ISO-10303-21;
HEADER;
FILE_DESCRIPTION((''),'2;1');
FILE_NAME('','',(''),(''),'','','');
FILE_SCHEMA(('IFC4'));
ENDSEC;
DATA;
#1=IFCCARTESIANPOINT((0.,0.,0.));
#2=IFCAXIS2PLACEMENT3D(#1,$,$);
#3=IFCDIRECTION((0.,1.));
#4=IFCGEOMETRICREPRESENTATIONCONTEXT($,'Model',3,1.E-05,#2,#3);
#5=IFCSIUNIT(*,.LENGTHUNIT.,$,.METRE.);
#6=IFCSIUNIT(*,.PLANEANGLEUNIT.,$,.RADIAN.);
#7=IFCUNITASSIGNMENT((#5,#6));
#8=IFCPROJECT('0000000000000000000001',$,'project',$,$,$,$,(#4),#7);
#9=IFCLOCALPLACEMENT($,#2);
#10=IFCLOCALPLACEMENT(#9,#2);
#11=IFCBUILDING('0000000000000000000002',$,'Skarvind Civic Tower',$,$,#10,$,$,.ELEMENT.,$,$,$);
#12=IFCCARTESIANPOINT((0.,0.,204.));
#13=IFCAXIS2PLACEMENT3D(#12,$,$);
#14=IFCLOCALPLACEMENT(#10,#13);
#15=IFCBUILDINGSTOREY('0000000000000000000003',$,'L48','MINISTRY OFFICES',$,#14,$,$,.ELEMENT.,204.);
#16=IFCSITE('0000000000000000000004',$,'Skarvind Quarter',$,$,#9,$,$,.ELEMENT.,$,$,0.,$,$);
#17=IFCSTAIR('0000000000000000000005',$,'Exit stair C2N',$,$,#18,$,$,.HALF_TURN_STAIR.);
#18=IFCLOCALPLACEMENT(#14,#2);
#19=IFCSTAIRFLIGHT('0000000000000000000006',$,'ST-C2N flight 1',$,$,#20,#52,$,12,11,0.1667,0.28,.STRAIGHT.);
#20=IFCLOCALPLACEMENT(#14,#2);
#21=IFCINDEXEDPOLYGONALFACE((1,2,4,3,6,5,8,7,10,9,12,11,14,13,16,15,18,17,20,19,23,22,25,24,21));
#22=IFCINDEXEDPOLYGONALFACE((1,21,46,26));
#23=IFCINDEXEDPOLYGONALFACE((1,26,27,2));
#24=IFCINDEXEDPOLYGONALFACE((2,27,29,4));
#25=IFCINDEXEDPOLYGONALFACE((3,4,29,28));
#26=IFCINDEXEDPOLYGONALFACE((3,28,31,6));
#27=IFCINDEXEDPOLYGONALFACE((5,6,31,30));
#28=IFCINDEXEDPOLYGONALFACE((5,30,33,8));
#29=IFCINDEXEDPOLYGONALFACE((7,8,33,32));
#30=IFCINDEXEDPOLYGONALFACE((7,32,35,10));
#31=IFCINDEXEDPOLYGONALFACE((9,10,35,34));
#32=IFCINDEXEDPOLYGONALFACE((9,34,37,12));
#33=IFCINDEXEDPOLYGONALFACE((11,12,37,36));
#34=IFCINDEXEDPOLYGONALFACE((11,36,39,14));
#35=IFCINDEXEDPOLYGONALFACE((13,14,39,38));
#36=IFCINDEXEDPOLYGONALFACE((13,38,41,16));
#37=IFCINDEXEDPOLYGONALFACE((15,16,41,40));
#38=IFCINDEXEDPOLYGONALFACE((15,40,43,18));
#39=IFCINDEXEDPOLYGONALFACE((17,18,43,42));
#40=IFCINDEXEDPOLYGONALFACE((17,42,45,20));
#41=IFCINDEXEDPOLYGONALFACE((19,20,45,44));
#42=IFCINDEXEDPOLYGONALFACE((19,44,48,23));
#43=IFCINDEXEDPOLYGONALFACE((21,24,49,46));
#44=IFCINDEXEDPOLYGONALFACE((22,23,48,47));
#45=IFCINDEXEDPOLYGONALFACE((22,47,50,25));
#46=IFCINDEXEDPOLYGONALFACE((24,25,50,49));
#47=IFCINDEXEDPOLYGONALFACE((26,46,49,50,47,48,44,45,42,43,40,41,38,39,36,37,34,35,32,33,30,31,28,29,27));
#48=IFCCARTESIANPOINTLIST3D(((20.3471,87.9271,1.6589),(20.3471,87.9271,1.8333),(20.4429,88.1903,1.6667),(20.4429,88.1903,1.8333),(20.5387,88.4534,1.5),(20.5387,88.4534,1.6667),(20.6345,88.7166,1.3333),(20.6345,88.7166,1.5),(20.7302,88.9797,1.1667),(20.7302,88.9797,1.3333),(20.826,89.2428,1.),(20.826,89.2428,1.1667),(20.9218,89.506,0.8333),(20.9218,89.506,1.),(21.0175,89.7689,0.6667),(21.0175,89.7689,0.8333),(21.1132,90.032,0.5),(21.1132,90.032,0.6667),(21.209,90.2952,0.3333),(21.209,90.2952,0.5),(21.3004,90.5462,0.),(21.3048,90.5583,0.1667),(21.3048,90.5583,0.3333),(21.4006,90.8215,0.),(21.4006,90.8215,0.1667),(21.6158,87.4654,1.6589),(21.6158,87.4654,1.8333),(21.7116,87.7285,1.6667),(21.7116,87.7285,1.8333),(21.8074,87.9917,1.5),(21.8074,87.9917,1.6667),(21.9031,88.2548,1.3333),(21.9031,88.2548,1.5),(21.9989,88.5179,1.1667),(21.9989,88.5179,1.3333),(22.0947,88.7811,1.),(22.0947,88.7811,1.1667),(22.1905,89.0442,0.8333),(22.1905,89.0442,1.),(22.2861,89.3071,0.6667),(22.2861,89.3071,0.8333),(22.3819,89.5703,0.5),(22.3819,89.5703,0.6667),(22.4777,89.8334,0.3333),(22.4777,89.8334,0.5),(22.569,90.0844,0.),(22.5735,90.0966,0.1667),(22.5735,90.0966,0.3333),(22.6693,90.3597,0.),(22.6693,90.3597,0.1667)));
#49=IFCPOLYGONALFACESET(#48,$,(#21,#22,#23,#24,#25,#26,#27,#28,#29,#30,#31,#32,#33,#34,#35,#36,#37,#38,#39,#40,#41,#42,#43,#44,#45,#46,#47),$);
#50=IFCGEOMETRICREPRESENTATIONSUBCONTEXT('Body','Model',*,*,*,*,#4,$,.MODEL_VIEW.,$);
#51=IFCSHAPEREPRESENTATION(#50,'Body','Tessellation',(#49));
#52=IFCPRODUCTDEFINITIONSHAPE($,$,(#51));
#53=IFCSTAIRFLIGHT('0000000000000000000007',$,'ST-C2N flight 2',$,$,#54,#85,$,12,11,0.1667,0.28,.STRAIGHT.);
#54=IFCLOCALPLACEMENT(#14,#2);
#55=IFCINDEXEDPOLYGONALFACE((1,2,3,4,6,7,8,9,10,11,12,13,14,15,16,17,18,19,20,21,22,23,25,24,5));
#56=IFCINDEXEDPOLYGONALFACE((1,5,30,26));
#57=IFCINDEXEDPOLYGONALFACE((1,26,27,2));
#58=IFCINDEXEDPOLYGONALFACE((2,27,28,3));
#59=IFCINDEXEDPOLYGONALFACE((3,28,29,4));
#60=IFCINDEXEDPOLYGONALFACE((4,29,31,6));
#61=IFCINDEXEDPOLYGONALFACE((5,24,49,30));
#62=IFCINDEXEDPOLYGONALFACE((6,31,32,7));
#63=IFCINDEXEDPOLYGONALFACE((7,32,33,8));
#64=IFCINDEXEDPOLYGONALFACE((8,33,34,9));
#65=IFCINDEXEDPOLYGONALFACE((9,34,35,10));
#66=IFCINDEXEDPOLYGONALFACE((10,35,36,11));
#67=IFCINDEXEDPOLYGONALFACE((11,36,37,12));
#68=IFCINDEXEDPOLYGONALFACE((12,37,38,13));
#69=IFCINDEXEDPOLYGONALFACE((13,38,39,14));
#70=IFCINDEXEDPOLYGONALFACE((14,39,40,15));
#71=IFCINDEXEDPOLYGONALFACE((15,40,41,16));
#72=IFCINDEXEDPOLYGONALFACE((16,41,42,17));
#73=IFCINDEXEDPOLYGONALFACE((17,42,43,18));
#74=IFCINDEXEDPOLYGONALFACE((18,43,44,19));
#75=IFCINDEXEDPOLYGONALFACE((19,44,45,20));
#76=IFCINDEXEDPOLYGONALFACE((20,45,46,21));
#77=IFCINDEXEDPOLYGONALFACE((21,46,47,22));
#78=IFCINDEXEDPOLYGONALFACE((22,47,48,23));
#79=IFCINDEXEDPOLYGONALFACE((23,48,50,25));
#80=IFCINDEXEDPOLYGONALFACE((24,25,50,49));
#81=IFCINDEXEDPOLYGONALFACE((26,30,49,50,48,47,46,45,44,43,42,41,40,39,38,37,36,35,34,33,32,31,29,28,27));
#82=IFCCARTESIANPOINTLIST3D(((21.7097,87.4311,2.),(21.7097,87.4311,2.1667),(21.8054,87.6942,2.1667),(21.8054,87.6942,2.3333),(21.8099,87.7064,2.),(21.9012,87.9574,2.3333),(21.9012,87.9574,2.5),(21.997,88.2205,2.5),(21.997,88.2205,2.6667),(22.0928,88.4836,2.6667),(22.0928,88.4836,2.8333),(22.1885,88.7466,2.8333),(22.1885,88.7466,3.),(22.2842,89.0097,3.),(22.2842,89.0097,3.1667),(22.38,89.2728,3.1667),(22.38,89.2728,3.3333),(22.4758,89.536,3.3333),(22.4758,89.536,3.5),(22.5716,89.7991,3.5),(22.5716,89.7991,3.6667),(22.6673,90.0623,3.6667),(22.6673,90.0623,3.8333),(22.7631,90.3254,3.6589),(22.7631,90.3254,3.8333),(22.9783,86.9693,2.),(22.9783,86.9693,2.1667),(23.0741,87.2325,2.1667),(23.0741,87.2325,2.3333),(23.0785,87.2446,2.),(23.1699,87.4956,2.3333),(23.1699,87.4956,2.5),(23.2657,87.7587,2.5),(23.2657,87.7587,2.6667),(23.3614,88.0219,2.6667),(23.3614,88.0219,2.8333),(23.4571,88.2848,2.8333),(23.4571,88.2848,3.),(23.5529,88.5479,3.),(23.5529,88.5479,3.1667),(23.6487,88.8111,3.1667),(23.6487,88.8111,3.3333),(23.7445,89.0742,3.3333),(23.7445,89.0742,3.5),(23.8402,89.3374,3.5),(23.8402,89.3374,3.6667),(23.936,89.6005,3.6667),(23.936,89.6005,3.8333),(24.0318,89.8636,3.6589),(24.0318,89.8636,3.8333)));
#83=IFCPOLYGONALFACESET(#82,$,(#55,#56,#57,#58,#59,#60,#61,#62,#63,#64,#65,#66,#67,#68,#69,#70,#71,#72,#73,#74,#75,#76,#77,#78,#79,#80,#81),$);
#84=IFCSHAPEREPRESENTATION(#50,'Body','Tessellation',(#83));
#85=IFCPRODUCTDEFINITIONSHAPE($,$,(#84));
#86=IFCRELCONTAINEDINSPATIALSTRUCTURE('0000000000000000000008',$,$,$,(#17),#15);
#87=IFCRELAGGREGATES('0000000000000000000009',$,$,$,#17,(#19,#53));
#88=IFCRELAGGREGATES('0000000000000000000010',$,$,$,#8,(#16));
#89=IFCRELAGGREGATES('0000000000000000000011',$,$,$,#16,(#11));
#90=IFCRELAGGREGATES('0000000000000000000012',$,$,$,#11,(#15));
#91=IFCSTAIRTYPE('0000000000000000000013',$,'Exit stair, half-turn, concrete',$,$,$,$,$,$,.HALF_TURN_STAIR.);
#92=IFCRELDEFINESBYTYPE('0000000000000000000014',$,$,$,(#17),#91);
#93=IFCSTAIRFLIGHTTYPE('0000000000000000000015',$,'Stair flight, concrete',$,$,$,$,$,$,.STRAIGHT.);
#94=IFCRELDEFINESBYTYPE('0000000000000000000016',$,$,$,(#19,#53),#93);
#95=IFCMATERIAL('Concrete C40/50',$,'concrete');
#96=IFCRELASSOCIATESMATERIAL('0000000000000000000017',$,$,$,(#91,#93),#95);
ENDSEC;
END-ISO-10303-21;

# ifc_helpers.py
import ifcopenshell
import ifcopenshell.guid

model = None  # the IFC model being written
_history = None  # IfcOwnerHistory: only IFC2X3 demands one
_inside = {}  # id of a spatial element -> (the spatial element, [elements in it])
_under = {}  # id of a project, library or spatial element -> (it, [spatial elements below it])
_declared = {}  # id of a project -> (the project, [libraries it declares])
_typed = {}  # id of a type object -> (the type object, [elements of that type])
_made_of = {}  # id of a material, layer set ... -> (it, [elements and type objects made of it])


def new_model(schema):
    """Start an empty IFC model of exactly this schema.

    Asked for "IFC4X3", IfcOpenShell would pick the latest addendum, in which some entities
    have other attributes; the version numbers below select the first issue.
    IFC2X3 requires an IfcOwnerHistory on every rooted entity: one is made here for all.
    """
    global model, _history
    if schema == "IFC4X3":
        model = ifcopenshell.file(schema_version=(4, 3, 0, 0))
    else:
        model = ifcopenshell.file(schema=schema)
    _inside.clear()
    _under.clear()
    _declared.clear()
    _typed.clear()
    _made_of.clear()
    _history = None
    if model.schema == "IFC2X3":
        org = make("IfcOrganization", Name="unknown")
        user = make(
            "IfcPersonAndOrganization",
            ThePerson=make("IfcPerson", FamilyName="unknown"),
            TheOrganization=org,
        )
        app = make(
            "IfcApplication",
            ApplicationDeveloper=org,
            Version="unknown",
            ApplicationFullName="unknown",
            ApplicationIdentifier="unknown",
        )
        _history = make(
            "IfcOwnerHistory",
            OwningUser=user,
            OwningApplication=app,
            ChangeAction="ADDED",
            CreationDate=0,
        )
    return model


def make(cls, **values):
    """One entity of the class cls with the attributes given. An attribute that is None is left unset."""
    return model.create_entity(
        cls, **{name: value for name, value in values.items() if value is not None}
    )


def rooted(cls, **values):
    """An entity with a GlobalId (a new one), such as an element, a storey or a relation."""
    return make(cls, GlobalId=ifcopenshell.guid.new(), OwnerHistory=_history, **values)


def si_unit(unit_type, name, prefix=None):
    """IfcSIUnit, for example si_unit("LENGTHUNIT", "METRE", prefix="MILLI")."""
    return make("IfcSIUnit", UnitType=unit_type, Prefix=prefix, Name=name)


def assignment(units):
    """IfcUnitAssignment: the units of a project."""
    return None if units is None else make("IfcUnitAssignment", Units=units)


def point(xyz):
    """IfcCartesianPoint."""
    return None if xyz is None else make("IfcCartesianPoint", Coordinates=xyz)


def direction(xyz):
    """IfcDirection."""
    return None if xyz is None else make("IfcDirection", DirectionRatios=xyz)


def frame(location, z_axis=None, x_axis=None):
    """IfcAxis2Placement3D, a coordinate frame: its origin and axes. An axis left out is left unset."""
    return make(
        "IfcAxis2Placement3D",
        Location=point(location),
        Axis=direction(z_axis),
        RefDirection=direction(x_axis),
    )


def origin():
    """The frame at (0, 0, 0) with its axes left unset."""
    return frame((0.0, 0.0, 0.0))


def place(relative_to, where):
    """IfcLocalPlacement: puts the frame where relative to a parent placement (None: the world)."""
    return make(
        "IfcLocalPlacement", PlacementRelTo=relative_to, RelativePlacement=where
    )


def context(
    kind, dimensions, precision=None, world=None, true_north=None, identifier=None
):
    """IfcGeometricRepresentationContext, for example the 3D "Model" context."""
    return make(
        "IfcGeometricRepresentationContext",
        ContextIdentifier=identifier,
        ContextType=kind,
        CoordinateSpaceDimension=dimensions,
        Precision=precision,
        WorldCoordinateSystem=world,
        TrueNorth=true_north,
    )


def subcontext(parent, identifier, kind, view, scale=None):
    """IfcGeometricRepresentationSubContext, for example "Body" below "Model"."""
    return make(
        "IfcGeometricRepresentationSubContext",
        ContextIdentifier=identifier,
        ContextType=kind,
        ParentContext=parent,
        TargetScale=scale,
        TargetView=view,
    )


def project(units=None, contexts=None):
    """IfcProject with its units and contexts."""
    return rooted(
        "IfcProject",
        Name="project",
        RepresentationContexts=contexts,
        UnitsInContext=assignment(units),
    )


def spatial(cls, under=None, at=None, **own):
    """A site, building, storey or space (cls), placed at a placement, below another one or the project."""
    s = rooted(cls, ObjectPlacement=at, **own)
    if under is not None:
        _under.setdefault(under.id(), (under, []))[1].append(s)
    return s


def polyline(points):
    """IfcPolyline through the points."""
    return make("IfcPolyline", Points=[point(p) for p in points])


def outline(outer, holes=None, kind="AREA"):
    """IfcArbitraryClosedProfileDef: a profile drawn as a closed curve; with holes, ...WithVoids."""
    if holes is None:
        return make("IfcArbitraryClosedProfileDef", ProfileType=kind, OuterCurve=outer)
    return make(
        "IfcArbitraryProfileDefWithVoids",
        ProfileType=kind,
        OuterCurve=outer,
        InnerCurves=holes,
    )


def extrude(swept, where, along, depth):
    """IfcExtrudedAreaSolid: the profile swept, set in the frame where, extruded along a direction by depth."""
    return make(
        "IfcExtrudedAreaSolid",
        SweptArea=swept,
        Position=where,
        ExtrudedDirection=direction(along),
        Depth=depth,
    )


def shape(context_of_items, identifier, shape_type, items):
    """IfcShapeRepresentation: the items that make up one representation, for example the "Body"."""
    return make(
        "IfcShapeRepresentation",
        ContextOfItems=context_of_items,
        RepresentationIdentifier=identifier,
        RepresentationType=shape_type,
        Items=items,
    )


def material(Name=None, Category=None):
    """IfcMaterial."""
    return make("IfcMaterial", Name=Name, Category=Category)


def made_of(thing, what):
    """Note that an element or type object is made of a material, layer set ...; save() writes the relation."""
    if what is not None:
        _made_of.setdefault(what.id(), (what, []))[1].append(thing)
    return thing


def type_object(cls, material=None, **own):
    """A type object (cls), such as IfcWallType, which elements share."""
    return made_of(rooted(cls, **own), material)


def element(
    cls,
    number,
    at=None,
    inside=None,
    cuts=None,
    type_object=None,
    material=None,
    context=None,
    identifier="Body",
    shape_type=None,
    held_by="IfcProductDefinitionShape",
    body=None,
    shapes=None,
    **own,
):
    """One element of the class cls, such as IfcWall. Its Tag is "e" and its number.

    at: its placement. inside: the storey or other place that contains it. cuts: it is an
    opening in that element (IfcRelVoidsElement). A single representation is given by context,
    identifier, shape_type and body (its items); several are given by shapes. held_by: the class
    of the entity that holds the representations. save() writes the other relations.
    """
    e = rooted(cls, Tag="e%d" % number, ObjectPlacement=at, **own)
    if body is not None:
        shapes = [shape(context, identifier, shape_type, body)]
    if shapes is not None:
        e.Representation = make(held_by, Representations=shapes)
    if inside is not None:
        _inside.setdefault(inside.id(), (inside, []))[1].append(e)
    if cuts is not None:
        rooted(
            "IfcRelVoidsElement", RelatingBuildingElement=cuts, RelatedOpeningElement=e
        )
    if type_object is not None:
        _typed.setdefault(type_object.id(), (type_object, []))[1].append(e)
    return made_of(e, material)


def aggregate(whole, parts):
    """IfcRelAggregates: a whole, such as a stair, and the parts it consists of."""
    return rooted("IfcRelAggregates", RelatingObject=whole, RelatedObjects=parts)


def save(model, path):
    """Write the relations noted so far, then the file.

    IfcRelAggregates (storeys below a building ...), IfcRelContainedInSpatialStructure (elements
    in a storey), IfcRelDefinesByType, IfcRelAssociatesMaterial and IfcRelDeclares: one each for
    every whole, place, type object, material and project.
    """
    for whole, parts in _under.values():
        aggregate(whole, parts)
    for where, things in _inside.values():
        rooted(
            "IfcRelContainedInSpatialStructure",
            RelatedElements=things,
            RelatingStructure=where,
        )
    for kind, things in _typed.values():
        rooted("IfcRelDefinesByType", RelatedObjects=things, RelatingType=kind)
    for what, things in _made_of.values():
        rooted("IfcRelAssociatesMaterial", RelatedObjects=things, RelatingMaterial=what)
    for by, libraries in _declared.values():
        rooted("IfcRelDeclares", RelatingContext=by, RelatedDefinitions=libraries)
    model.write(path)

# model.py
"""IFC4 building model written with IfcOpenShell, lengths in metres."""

from ifc_helpers import new_model, si_unit, direction, frame, origin, place, context, subcontext, project, spatial, polyline, outline, extrude, material, type_object, element, aggregate, save


model = new_model("IFC4")

# Units and contexts
model_context = context("Model", 3, precision=1e-05, world=origin(), true_north=direction((0.0, 1.0)))
body_context = subcontext(model_context, "Body", "Model", "MODEL_VIEW")
ifc_project = project(units=[si_unit("LENGTHUNIT", "METRE"), si_unit("PLANEANGLEUNIT", "RADIAN")], contexts=[model_context])

# Site, building, storey
site_placement = place(None, origin())
site = spatial("IfcSite", under=ifc_project, at=site_placement, Name="Skarvind Quarter", CompositionType="ELEMENT", RefElevation=0.0)
building_placement = place(site_placement, origin())
building = spatial("IfcBuilding", under=site, at=building_placement, Name="Skarvind Civic Tower", CompositionType="ELEMENT")
storey_placement = place(building_placement, frame((0.0, 0.0, 204.0)))
storey = spatial("IfcBuildingStorey", under=building, at=storey_placement, Name="L48", Description="MINISTRY OFFICES", CompositionType="ELEMENT", Elevation=204.0)

# Stair, stair flights
ifc_material_1 = material(Name="Concrete C40/50", Category="concrete")
stair_type = type_object("IfcStairType", Name="Exit stair, half-turn, concrete", PredefinedType="HALF_TURN_STAIR", material=ifc_material_1)
stair_placement = place(storey_placement, origin())
stair = element("IfcStair", 1, at=stair_placement, inside=storey, type_object=stair_type, Name="Exit stair C2N", PredefinedType="HALF_TURN_STAIR")
stair_flight_type = type_object("IfcStairFlightType", Name="Stair flight, concrete", PredefinedType="STRAIGHT", material=ifc_material_1)
stair_flight_1_placement = place(storey_placement, frame((22.0349, 90.5906, 0.0), z_axis=(0.0, 0.0, 1.0), x_axis=(-0.34202, -0.939693, 0.0)))
stair_flight_1 = element("IfcStairFlight", 2, at=stair_flight_1_placement, type_object=stair_flight_type, Name="ST-C2N flight 1", NumberOfRisers=12, NumberOfTreads=11, PredefinedType="STRAIGHT", RiserHeight=0.1667, TreadLength=0.28, context=body_context, shape_type="SweptSolid", body=[
    extrude(outline(polyline([(0.0, 0.0), (0.0, 0.1667), (0.28, 0.1667), (0.28, 0.3333), (0.5601, 0.3333), (0.5601, 0.5), (0.8401, 0.5), (0.8401, 0.6667), (1.1201, 0.6667), (1.1201, 0.8333), (1.3999, 0.8333), (1.3999, 1.0), (1.6799, 1.0), (1.6799, 1.1667), (1.96, 1.1667), (1.96, 1.3333), (2.24, 1.3333), (2.24, 1.5), (2.52, 1.5), (2.52, 1.6667), (2.8, 1.6667), (2.8, 1.8333), (3.0801, 1.8333), (3.0801, 2.0), (3.0801, 1.6589), (0.293, 0.0), (0.0, 0.0)])), frame((0.0, 0.675, 0.0), z_axis=(0.0, -1.0, 0.0), x_axis=(1.0, 0.0, 0.0)), (0.0, 0.0, 1.0), 1.3501),
])
stair_flight_2_placement = place(storey_placement, frame((22.344, 87.2002, 2.0), z_axis=(0.0, 0.0, 1.0), x_axis=(0.34202, 0.939693, 0.0)))
stair_flight_2 = element("IfcStairFlight", 3, at=stair_flight_2_placement, type_object=stair_flight_type, Name="ST-C2N flight 2", NumberOfRisers=12, NumberOfTreads=11, PredefinedType="STRAIGHT", RiserHeight=0.1667, TreadLength=0.28, context=body_context, shape_type="SweptSolid", body=[
    extrude(outline(polyline([(0.0, 0.0), (0.0, 0.1667), (0.28, 0.1667), (0.28, 0.3333), (0.5601, 0.3333), (0.5601, 0.5), (0.8401, 0.5), (0.8401, 0.6667), (1.1201, 0.6667), (1.1201, 0.8333), (1.3999, 0.8333), (1.3999, 1.0), (1.6799, 1.0), (1.6799, 1.1667), (1.96, 1.1667), (1.96, 1.3333), (2.24, 1.3333), (2.24, 1.5), (2.52, 1.5), (2.52, 1.6667), (2.8, 1.6667), (2.8, 1.8333), (3.0801, 1.8333), (3.0801, 2.0), (3.0801, 1.6589), (0.293, 0.0), (0.0, 0.0)])), frame((0.0, 0.675, 0.0), z_axis=(0.0, -1.0, 0.0), x_axis=(1.0, 0.0, 0.0)), (0.0, 0.0, 1.0), 1.3501),
])
aggregate(stair, [stair_flight_1, stair_flight_2])

save(model, "model.ifc")
